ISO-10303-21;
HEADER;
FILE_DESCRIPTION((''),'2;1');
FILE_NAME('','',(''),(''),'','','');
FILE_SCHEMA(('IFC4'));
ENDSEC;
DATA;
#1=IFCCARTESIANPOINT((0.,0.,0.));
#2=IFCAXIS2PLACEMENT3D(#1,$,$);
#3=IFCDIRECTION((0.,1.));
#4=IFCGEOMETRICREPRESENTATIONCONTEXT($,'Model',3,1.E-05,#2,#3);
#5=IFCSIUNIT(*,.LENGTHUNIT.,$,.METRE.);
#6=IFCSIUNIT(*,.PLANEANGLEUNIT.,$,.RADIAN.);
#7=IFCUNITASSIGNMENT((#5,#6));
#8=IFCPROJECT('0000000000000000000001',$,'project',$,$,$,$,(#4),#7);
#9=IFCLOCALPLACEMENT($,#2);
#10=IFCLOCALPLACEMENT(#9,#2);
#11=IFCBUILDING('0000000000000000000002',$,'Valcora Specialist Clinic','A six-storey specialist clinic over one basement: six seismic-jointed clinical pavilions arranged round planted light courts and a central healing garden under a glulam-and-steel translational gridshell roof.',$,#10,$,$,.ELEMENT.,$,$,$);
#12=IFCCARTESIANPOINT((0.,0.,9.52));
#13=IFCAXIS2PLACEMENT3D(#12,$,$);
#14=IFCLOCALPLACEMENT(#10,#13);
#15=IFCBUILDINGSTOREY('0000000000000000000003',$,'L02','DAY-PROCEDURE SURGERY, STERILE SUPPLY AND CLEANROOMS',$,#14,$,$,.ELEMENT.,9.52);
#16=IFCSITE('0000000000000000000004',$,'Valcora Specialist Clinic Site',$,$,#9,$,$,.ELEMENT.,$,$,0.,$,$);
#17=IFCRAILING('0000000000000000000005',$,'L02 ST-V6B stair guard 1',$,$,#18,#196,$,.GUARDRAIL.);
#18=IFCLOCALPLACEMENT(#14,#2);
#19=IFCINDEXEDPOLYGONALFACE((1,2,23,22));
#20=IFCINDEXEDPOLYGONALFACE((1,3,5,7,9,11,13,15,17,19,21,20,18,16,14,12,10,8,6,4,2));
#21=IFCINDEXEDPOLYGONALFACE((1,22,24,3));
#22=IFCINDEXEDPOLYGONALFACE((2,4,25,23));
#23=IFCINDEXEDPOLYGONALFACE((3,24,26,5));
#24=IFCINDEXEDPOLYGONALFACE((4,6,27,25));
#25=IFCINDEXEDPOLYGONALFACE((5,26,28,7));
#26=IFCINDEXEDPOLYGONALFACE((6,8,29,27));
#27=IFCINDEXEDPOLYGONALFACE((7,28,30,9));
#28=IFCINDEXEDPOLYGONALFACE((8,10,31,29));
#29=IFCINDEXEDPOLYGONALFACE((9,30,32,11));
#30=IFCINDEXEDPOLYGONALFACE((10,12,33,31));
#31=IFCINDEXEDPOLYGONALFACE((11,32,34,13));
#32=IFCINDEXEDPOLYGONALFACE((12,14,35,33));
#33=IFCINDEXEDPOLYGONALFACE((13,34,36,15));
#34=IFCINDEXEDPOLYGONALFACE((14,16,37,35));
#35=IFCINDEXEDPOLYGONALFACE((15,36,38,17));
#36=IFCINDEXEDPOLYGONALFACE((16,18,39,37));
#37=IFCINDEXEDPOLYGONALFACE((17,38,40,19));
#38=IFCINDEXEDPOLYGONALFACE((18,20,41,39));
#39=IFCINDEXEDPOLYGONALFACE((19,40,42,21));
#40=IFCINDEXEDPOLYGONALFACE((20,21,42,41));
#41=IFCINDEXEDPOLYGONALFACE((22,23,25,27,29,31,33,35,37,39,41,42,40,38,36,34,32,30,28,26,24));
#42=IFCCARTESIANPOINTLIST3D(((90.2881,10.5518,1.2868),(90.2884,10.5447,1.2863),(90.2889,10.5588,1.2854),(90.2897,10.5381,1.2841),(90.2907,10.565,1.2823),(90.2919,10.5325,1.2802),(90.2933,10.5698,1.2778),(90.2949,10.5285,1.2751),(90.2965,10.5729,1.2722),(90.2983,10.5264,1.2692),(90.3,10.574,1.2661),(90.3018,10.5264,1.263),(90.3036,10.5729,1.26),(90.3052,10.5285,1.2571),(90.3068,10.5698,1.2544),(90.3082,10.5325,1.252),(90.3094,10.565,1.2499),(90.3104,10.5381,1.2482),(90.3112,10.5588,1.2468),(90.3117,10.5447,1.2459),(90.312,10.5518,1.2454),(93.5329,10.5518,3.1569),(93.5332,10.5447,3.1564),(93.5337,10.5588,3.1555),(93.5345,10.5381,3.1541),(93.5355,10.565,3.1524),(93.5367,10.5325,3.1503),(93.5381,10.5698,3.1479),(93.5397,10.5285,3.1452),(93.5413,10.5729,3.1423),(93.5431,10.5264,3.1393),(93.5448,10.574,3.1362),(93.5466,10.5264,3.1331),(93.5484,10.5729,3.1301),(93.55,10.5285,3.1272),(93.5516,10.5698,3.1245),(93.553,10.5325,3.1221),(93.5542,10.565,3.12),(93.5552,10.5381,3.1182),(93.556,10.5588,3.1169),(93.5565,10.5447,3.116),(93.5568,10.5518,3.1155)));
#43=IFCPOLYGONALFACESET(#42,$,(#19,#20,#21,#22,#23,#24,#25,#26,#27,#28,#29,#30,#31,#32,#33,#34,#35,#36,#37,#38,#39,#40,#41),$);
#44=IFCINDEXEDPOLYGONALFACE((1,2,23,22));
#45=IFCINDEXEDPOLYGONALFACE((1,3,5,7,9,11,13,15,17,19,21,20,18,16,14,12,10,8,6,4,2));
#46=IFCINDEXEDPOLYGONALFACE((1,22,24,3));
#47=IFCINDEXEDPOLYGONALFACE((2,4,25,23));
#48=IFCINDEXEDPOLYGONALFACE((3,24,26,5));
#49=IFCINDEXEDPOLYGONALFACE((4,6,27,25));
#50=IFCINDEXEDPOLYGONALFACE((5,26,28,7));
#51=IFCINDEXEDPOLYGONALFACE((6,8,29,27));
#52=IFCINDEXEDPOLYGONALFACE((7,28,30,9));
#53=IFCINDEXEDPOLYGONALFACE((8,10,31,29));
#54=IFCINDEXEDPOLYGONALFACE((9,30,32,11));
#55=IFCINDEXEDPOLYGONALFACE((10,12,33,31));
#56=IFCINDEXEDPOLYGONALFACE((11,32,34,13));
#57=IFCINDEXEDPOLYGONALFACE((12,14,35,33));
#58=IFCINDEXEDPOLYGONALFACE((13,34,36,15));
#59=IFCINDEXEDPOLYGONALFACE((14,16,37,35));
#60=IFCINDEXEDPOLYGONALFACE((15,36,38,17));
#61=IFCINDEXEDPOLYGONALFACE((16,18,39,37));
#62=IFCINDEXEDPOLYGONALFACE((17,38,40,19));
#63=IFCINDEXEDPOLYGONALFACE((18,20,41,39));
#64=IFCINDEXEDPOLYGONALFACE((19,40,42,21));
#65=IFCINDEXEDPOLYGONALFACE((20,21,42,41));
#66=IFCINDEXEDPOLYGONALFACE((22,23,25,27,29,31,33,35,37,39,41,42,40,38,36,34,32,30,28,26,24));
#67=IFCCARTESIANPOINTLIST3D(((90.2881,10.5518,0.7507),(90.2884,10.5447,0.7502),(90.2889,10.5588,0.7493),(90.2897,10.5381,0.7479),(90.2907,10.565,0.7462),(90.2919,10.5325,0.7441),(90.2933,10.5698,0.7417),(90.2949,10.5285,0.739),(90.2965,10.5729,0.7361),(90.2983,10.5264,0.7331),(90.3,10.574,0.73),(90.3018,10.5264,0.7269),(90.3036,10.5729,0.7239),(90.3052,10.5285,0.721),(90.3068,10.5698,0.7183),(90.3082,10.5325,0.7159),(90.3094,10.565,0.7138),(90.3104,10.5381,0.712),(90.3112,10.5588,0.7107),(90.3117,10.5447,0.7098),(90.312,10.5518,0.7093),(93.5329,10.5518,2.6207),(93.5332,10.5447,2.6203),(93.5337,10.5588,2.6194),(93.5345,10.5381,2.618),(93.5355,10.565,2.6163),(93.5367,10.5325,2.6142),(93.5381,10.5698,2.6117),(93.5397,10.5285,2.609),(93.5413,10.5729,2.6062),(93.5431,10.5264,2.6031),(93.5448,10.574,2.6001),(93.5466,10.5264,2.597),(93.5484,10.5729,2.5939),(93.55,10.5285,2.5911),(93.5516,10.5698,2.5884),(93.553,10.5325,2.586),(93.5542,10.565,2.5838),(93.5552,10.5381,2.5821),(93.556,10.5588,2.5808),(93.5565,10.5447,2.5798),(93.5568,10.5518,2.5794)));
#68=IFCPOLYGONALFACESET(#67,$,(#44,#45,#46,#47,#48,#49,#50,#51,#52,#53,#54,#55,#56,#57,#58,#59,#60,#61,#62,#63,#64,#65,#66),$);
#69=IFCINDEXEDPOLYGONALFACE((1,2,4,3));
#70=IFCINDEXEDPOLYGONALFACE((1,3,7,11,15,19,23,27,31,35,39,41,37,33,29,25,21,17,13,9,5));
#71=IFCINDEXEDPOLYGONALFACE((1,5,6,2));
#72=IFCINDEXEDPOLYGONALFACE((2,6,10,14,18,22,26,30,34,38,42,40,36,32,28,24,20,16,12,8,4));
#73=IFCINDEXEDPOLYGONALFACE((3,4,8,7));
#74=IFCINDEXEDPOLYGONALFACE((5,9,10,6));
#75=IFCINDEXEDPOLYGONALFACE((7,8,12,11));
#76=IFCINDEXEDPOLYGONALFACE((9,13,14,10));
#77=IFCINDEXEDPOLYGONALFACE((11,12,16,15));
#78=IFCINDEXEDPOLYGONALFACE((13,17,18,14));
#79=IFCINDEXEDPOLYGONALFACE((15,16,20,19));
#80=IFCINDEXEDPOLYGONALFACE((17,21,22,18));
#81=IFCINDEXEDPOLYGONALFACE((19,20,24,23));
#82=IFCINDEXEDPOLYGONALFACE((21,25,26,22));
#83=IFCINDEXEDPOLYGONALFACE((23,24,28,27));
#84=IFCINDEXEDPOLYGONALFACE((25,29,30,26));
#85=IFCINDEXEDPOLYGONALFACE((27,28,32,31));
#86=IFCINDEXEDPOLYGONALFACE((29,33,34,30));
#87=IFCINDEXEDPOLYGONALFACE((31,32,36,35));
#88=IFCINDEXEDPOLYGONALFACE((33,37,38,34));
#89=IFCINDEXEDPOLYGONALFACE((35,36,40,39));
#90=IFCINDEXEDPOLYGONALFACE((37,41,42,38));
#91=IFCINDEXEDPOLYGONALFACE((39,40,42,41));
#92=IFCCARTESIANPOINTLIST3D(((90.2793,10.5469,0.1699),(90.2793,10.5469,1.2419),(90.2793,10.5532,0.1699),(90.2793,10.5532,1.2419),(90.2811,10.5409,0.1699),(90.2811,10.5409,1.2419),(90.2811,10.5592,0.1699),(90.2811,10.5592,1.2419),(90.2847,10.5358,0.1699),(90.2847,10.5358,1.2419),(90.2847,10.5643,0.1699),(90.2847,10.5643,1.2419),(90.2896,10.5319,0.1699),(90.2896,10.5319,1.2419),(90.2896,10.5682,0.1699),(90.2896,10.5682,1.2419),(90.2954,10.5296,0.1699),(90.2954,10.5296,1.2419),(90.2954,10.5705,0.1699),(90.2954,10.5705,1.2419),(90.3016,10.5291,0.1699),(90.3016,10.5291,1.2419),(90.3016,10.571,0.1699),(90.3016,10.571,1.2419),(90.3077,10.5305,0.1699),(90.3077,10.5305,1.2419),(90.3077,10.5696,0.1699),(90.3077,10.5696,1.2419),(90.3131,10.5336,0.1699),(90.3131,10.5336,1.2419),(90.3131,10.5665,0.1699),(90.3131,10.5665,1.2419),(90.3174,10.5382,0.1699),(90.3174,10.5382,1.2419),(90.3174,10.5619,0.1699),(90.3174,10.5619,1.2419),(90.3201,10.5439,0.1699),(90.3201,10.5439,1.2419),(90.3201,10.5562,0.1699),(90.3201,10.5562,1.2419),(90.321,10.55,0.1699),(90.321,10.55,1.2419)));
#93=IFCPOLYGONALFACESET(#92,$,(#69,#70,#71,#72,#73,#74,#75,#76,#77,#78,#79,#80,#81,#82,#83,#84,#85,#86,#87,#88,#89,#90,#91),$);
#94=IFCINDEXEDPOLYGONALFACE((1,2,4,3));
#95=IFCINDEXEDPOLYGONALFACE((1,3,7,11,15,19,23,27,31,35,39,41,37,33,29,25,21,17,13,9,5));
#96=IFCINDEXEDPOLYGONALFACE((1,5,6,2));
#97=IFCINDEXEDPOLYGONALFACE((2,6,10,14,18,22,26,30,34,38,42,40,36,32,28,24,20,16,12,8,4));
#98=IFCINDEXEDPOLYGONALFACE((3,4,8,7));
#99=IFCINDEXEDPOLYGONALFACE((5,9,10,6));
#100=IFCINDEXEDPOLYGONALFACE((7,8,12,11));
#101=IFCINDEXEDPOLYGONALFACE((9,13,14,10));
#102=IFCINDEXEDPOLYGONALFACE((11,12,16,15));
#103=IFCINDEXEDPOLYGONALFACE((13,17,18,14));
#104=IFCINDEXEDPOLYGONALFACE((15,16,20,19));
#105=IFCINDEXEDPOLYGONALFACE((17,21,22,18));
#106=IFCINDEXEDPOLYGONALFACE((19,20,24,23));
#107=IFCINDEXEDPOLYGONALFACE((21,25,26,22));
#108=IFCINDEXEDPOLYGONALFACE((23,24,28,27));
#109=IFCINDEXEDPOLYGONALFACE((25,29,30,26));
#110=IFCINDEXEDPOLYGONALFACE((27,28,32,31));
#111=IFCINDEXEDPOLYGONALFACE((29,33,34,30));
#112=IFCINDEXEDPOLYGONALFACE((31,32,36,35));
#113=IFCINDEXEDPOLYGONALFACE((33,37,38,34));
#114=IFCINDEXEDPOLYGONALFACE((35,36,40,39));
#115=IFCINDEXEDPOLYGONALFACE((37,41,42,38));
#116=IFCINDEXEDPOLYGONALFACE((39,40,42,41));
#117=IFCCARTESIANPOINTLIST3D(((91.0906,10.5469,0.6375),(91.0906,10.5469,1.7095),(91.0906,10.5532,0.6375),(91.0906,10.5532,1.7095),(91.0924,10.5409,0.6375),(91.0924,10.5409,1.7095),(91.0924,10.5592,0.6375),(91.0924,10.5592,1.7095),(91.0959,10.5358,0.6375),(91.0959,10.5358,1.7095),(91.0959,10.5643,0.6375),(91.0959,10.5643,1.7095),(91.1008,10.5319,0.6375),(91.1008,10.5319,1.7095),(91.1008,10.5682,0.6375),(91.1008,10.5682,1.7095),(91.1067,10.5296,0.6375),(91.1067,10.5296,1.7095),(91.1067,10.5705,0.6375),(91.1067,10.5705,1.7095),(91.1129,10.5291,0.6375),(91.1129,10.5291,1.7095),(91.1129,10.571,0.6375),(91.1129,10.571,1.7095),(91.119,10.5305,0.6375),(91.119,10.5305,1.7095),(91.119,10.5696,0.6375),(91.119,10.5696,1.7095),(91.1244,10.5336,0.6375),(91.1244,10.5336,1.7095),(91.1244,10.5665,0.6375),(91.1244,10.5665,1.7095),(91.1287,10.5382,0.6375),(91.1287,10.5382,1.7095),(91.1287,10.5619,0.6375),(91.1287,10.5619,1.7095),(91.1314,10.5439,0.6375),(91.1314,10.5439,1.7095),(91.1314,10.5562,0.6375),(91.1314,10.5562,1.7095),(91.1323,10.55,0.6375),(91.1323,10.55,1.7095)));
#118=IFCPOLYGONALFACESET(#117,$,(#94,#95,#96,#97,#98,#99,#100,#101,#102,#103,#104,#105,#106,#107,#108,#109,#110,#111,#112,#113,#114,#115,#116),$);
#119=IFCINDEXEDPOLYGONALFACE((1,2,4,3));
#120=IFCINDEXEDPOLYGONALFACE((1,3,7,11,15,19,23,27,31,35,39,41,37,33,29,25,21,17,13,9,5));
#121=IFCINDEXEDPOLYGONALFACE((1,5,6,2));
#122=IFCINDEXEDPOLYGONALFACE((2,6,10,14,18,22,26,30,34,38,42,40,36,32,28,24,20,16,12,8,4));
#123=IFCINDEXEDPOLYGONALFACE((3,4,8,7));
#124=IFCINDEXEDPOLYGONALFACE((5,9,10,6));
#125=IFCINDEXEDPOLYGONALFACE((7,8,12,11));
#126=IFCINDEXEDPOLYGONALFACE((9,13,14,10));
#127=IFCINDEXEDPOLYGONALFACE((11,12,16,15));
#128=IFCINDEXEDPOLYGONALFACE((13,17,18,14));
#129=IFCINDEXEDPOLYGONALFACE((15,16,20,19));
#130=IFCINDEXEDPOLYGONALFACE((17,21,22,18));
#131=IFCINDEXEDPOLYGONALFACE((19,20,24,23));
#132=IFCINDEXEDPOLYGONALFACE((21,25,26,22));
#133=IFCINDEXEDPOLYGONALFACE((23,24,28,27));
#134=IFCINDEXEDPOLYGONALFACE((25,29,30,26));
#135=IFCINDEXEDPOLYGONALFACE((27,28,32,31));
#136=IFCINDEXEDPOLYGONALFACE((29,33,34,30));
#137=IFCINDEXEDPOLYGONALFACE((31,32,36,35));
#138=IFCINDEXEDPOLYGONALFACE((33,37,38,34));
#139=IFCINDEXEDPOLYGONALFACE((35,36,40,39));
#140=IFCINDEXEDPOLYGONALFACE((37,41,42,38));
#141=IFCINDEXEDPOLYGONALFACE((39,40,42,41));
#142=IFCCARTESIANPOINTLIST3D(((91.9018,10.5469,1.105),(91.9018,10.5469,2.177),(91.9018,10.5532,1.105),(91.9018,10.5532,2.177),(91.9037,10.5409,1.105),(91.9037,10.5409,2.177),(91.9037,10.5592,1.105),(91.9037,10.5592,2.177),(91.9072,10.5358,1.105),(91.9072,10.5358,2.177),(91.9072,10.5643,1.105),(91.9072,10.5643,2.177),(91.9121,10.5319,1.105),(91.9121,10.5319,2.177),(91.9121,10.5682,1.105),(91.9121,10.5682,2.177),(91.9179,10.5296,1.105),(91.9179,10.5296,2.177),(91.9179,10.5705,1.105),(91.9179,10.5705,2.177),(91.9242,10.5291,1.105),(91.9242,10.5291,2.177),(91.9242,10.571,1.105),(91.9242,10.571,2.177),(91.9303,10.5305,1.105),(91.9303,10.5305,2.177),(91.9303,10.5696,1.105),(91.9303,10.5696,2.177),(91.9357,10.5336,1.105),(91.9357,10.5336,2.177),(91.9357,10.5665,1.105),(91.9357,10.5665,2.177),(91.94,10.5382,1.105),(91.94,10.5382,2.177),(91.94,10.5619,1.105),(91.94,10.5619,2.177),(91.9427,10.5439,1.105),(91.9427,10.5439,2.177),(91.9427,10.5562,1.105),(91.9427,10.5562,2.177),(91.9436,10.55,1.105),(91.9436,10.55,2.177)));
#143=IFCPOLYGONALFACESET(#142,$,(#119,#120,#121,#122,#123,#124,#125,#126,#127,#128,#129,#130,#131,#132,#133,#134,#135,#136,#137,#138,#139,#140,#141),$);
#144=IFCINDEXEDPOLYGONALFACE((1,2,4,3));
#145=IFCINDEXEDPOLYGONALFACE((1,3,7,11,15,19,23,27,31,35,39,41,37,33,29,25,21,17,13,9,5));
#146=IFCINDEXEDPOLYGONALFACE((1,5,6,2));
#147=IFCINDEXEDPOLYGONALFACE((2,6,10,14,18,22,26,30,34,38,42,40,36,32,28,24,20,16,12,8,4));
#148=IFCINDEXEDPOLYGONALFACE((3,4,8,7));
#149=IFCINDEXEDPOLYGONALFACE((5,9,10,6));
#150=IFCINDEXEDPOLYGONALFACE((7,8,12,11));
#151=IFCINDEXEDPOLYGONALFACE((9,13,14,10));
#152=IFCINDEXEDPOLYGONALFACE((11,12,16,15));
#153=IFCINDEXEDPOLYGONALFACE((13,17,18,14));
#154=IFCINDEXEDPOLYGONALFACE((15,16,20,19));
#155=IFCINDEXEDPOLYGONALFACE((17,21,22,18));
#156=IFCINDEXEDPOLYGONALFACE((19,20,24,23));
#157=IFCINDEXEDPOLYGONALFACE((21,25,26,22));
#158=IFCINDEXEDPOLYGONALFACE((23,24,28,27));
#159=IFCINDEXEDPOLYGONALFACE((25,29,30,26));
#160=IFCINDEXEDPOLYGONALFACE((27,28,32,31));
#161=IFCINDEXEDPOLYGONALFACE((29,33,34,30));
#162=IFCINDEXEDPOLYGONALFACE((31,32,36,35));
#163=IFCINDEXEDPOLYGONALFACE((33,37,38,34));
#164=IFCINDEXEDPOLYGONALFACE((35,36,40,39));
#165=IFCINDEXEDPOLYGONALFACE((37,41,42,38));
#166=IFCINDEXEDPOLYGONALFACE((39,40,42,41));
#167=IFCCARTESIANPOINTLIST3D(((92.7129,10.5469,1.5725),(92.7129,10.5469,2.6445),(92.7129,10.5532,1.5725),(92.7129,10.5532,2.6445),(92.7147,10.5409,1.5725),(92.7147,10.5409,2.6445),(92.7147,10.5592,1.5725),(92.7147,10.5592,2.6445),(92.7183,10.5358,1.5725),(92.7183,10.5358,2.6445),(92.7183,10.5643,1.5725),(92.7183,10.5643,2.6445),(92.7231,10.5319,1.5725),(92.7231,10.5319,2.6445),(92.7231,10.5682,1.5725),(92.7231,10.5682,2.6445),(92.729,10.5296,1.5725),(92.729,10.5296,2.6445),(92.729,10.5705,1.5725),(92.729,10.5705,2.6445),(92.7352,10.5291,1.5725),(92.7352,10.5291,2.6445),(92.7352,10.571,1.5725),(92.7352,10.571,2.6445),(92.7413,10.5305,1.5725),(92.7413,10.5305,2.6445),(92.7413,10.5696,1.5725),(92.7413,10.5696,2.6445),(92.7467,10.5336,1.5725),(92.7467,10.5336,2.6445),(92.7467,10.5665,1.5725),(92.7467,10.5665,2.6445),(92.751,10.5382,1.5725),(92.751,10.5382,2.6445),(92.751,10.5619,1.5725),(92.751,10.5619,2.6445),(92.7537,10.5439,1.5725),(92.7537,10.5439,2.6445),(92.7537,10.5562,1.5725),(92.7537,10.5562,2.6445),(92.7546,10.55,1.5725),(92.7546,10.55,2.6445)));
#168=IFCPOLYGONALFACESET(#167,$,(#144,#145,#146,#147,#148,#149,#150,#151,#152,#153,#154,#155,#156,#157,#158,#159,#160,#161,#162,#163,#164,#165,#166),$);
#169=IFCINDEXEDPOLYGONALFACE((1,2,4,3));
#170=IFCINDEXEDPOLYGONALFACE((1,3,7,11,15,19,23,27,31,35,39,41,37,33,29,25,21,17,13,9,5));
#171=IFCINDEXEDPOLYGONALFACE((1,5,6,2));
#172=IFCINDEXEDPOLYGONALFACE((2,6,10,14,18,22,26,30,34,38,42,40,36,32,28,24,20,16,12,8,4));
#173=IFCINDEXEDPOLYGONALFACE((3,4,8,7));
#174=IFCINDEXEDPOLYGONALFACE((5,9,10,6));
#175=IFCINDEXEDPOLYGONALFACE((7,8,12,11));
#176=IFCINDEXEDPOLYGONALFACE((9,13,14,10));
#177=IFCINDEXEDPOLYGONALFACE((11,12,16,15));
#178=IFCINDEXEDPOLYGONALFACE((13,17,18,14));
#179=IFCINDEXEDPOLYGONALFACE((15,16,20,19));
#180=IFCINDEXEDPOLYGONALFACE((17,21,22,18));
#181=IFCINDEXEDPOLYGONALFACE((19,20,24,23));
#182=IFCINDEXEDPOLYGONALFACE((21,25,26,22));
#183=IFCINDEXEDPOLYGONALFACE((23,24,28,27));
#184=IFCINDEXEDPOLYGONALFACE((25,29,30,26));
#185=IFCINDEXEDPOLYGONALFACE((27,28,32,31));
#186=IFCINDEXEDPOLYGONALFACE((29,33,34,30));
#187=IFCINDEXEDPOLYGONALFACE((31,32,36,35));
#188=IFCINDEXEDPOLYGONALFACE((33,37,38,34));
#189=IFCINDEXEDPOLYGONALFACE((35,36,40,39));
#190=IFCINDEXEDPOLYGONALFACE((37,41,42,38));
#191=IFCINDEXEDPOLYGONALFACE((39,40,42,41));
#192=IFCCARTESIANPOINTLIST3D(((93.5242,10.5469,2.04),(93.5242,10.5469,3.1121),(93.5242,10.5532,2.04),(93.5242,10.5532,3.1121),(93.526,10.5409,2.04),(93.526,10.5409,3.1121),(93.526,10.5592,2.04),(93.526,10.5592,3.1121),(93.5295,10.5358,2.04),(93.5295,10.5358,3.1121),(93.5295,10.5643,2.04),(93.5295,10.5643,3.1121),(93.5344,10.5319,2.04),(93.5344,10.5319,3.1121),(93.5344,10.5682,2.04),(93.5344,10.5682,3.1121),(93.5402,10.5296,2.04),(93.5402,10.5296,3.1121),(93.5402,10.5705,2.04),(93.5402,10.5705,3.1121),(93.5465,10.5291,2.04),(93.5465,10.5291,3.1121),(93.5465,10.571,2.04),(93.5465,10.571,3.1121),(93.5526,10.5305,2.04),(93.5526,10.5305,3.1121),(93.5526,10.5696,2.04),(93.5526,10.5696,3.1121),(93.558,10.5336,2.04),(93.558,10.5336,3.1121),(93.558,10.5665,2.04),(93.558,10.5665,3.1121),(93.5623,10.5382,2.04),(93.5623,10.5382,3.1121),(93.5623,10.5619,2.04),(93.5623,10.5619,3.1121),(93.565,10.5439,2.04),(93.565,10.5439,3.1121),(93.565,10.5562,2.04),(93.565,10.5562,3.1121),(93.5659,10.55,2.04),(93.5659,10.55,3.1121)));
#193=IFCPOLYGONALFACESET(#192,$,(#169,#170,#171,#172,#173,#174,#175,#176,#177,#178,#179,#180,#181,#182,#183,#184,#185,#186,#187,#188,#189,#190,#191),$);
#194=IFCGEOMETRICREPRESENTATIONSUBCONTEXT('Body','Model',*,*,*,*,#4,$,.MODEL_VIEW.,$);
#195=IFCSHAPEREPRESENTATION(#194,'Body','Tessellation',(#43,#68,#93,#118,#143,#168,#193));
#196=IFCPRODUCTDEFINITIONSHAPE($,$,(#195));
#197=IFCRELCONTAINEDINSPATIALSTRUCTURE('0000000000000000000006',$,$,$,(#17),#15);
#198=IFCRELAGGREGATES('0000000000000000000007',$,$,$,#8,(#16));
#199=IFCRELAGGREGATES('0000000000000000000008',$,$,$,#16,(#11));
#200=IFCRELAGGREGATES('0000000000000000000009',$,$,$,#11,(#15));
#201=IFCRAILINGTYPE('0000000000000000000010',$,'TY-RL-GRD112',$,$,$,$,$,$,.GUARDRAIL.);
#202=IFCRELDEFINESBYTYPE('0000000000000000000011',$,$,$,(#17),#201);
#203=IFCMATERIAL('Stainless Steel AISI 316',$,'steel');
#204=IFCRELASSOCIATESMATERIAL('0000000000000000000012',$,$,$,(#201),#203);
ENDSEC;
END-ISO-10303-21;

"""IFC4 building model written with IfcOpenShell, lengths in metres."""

from ifc_helpers import new_model, si_unit, direction, frame, origin, origin_2d, place, context, subcontext, project, spatial, circle, extrude, material, type_object, element, save


model = new_model("IFC4")

# Units and contexts
model_context = context("Model", 3, precision=1e-05, world=origin(), true_north=direction((0.0, 1.0)))
body_context = subcontext(model_context, "Body", "Model", "MODEL_VIEW")
ifc_project = project(units=[si_unit("LENGTHUNIT", "METRE"), si_unit("PLANEANGLEUNIT", "RADIAN")], contexts=[model_context])

# Site, building, storey
site_placement = place(None, origin())
site = spatial("IfcSite", under=ifc_project, at=site_placement, Name="Valcora Specialist Clinic Site", CompositionType="ELEMENT", RefElevation=0.0)
building_placement = place(site_placement, origin())
building = spatial("IfcBuilding", under=site, at=building_placement, Name="Valcora Specialist Clinic", Description="A six-storey specialist clinic over one basement: six seismic-jointed clinical pavilions arranged round planted light courts and a central healing garden under a glulam-and-steel translational gridshell roof.", CompositionType="ELEMENT")
storey_placement = place(building_placement, frame((0.0, 0.0, 9.52)))
storey = spatial("IfcBuildingStorey", under=building, at=storey_placement, Name="L02", Description="DAY-PROCEDURE SURGERY, STERILE SUPPLY AND CLEANROOMS", CompositionType="ELEMENT", Elevation=9.52)

# Shared definitions
ifc_material_1 = material(Name="Stainless Steel AISI 316", Category="steel")

# Railing
railing_type_1 = type_object("IfcRailingType", Name="TY-RL-GRD112", PredefinedType="GUARDRAIL", material=ifc_material_1)
railing_1_placement = place(storey_placement, frame((90.3, 10.55, 0.1699)))
element("IfcRailing", 1, at=railing_1_placement, inside=storey, type_object=railing_type_1, Name="L02 ST-V6B stair guard 1", PredefinedType="GUARDRAIL", context=body_context, shape_type="SweptSolid", body=[
    extrude(circle(Radius=0.0239, at=origin_2d()), frame((0.0, 0.0, 1.0962), z_axis=(0.866408, 0.0, 0.499337), x_axis=(0.0, 1.0, 0.0)), (0.0, 0.0, 1.0), 3.7451),
    extrude(circle(Radius=0.0239, at=origin_2d()), frame((0.0, 0.0, 0.5601), z_axis=(0.866408, 0.0, 0.499337), x_axis=(0.0, 1.0, 0.0)), (0.0, 0.0, 1.0), 3.7451),
    extrude(circle(Radius=0.021, at=origin_2d()), origin(), (0.0, 0.0, 1.0), 1.072),
    extrude(circle(Radius=0.021, at=origin_2d()), frame((0.8113, 0.0, 0.4675)), (0.0, 0.0, 1.0), 1.072),
    extrude(circle(Radius=0.021, at=origin_2d()), frame((1.6226, 0.0, 0.9351)), (0.0, 0.0, 1.0), 1.072),
    extrude(circle(Radius=0.021, at=origin_2d()), frame((2.4336, 0.0, 1.4026)), (0.0, 0.0, 1.0), 1.072),
    extrude(circle(Radius=0.021, at=origin_2d()), frame((3.2449, 0.0, 1.8701)), (0.0, 0.0, 1.0), 1.072),
])

save(model, "model.ifc")
